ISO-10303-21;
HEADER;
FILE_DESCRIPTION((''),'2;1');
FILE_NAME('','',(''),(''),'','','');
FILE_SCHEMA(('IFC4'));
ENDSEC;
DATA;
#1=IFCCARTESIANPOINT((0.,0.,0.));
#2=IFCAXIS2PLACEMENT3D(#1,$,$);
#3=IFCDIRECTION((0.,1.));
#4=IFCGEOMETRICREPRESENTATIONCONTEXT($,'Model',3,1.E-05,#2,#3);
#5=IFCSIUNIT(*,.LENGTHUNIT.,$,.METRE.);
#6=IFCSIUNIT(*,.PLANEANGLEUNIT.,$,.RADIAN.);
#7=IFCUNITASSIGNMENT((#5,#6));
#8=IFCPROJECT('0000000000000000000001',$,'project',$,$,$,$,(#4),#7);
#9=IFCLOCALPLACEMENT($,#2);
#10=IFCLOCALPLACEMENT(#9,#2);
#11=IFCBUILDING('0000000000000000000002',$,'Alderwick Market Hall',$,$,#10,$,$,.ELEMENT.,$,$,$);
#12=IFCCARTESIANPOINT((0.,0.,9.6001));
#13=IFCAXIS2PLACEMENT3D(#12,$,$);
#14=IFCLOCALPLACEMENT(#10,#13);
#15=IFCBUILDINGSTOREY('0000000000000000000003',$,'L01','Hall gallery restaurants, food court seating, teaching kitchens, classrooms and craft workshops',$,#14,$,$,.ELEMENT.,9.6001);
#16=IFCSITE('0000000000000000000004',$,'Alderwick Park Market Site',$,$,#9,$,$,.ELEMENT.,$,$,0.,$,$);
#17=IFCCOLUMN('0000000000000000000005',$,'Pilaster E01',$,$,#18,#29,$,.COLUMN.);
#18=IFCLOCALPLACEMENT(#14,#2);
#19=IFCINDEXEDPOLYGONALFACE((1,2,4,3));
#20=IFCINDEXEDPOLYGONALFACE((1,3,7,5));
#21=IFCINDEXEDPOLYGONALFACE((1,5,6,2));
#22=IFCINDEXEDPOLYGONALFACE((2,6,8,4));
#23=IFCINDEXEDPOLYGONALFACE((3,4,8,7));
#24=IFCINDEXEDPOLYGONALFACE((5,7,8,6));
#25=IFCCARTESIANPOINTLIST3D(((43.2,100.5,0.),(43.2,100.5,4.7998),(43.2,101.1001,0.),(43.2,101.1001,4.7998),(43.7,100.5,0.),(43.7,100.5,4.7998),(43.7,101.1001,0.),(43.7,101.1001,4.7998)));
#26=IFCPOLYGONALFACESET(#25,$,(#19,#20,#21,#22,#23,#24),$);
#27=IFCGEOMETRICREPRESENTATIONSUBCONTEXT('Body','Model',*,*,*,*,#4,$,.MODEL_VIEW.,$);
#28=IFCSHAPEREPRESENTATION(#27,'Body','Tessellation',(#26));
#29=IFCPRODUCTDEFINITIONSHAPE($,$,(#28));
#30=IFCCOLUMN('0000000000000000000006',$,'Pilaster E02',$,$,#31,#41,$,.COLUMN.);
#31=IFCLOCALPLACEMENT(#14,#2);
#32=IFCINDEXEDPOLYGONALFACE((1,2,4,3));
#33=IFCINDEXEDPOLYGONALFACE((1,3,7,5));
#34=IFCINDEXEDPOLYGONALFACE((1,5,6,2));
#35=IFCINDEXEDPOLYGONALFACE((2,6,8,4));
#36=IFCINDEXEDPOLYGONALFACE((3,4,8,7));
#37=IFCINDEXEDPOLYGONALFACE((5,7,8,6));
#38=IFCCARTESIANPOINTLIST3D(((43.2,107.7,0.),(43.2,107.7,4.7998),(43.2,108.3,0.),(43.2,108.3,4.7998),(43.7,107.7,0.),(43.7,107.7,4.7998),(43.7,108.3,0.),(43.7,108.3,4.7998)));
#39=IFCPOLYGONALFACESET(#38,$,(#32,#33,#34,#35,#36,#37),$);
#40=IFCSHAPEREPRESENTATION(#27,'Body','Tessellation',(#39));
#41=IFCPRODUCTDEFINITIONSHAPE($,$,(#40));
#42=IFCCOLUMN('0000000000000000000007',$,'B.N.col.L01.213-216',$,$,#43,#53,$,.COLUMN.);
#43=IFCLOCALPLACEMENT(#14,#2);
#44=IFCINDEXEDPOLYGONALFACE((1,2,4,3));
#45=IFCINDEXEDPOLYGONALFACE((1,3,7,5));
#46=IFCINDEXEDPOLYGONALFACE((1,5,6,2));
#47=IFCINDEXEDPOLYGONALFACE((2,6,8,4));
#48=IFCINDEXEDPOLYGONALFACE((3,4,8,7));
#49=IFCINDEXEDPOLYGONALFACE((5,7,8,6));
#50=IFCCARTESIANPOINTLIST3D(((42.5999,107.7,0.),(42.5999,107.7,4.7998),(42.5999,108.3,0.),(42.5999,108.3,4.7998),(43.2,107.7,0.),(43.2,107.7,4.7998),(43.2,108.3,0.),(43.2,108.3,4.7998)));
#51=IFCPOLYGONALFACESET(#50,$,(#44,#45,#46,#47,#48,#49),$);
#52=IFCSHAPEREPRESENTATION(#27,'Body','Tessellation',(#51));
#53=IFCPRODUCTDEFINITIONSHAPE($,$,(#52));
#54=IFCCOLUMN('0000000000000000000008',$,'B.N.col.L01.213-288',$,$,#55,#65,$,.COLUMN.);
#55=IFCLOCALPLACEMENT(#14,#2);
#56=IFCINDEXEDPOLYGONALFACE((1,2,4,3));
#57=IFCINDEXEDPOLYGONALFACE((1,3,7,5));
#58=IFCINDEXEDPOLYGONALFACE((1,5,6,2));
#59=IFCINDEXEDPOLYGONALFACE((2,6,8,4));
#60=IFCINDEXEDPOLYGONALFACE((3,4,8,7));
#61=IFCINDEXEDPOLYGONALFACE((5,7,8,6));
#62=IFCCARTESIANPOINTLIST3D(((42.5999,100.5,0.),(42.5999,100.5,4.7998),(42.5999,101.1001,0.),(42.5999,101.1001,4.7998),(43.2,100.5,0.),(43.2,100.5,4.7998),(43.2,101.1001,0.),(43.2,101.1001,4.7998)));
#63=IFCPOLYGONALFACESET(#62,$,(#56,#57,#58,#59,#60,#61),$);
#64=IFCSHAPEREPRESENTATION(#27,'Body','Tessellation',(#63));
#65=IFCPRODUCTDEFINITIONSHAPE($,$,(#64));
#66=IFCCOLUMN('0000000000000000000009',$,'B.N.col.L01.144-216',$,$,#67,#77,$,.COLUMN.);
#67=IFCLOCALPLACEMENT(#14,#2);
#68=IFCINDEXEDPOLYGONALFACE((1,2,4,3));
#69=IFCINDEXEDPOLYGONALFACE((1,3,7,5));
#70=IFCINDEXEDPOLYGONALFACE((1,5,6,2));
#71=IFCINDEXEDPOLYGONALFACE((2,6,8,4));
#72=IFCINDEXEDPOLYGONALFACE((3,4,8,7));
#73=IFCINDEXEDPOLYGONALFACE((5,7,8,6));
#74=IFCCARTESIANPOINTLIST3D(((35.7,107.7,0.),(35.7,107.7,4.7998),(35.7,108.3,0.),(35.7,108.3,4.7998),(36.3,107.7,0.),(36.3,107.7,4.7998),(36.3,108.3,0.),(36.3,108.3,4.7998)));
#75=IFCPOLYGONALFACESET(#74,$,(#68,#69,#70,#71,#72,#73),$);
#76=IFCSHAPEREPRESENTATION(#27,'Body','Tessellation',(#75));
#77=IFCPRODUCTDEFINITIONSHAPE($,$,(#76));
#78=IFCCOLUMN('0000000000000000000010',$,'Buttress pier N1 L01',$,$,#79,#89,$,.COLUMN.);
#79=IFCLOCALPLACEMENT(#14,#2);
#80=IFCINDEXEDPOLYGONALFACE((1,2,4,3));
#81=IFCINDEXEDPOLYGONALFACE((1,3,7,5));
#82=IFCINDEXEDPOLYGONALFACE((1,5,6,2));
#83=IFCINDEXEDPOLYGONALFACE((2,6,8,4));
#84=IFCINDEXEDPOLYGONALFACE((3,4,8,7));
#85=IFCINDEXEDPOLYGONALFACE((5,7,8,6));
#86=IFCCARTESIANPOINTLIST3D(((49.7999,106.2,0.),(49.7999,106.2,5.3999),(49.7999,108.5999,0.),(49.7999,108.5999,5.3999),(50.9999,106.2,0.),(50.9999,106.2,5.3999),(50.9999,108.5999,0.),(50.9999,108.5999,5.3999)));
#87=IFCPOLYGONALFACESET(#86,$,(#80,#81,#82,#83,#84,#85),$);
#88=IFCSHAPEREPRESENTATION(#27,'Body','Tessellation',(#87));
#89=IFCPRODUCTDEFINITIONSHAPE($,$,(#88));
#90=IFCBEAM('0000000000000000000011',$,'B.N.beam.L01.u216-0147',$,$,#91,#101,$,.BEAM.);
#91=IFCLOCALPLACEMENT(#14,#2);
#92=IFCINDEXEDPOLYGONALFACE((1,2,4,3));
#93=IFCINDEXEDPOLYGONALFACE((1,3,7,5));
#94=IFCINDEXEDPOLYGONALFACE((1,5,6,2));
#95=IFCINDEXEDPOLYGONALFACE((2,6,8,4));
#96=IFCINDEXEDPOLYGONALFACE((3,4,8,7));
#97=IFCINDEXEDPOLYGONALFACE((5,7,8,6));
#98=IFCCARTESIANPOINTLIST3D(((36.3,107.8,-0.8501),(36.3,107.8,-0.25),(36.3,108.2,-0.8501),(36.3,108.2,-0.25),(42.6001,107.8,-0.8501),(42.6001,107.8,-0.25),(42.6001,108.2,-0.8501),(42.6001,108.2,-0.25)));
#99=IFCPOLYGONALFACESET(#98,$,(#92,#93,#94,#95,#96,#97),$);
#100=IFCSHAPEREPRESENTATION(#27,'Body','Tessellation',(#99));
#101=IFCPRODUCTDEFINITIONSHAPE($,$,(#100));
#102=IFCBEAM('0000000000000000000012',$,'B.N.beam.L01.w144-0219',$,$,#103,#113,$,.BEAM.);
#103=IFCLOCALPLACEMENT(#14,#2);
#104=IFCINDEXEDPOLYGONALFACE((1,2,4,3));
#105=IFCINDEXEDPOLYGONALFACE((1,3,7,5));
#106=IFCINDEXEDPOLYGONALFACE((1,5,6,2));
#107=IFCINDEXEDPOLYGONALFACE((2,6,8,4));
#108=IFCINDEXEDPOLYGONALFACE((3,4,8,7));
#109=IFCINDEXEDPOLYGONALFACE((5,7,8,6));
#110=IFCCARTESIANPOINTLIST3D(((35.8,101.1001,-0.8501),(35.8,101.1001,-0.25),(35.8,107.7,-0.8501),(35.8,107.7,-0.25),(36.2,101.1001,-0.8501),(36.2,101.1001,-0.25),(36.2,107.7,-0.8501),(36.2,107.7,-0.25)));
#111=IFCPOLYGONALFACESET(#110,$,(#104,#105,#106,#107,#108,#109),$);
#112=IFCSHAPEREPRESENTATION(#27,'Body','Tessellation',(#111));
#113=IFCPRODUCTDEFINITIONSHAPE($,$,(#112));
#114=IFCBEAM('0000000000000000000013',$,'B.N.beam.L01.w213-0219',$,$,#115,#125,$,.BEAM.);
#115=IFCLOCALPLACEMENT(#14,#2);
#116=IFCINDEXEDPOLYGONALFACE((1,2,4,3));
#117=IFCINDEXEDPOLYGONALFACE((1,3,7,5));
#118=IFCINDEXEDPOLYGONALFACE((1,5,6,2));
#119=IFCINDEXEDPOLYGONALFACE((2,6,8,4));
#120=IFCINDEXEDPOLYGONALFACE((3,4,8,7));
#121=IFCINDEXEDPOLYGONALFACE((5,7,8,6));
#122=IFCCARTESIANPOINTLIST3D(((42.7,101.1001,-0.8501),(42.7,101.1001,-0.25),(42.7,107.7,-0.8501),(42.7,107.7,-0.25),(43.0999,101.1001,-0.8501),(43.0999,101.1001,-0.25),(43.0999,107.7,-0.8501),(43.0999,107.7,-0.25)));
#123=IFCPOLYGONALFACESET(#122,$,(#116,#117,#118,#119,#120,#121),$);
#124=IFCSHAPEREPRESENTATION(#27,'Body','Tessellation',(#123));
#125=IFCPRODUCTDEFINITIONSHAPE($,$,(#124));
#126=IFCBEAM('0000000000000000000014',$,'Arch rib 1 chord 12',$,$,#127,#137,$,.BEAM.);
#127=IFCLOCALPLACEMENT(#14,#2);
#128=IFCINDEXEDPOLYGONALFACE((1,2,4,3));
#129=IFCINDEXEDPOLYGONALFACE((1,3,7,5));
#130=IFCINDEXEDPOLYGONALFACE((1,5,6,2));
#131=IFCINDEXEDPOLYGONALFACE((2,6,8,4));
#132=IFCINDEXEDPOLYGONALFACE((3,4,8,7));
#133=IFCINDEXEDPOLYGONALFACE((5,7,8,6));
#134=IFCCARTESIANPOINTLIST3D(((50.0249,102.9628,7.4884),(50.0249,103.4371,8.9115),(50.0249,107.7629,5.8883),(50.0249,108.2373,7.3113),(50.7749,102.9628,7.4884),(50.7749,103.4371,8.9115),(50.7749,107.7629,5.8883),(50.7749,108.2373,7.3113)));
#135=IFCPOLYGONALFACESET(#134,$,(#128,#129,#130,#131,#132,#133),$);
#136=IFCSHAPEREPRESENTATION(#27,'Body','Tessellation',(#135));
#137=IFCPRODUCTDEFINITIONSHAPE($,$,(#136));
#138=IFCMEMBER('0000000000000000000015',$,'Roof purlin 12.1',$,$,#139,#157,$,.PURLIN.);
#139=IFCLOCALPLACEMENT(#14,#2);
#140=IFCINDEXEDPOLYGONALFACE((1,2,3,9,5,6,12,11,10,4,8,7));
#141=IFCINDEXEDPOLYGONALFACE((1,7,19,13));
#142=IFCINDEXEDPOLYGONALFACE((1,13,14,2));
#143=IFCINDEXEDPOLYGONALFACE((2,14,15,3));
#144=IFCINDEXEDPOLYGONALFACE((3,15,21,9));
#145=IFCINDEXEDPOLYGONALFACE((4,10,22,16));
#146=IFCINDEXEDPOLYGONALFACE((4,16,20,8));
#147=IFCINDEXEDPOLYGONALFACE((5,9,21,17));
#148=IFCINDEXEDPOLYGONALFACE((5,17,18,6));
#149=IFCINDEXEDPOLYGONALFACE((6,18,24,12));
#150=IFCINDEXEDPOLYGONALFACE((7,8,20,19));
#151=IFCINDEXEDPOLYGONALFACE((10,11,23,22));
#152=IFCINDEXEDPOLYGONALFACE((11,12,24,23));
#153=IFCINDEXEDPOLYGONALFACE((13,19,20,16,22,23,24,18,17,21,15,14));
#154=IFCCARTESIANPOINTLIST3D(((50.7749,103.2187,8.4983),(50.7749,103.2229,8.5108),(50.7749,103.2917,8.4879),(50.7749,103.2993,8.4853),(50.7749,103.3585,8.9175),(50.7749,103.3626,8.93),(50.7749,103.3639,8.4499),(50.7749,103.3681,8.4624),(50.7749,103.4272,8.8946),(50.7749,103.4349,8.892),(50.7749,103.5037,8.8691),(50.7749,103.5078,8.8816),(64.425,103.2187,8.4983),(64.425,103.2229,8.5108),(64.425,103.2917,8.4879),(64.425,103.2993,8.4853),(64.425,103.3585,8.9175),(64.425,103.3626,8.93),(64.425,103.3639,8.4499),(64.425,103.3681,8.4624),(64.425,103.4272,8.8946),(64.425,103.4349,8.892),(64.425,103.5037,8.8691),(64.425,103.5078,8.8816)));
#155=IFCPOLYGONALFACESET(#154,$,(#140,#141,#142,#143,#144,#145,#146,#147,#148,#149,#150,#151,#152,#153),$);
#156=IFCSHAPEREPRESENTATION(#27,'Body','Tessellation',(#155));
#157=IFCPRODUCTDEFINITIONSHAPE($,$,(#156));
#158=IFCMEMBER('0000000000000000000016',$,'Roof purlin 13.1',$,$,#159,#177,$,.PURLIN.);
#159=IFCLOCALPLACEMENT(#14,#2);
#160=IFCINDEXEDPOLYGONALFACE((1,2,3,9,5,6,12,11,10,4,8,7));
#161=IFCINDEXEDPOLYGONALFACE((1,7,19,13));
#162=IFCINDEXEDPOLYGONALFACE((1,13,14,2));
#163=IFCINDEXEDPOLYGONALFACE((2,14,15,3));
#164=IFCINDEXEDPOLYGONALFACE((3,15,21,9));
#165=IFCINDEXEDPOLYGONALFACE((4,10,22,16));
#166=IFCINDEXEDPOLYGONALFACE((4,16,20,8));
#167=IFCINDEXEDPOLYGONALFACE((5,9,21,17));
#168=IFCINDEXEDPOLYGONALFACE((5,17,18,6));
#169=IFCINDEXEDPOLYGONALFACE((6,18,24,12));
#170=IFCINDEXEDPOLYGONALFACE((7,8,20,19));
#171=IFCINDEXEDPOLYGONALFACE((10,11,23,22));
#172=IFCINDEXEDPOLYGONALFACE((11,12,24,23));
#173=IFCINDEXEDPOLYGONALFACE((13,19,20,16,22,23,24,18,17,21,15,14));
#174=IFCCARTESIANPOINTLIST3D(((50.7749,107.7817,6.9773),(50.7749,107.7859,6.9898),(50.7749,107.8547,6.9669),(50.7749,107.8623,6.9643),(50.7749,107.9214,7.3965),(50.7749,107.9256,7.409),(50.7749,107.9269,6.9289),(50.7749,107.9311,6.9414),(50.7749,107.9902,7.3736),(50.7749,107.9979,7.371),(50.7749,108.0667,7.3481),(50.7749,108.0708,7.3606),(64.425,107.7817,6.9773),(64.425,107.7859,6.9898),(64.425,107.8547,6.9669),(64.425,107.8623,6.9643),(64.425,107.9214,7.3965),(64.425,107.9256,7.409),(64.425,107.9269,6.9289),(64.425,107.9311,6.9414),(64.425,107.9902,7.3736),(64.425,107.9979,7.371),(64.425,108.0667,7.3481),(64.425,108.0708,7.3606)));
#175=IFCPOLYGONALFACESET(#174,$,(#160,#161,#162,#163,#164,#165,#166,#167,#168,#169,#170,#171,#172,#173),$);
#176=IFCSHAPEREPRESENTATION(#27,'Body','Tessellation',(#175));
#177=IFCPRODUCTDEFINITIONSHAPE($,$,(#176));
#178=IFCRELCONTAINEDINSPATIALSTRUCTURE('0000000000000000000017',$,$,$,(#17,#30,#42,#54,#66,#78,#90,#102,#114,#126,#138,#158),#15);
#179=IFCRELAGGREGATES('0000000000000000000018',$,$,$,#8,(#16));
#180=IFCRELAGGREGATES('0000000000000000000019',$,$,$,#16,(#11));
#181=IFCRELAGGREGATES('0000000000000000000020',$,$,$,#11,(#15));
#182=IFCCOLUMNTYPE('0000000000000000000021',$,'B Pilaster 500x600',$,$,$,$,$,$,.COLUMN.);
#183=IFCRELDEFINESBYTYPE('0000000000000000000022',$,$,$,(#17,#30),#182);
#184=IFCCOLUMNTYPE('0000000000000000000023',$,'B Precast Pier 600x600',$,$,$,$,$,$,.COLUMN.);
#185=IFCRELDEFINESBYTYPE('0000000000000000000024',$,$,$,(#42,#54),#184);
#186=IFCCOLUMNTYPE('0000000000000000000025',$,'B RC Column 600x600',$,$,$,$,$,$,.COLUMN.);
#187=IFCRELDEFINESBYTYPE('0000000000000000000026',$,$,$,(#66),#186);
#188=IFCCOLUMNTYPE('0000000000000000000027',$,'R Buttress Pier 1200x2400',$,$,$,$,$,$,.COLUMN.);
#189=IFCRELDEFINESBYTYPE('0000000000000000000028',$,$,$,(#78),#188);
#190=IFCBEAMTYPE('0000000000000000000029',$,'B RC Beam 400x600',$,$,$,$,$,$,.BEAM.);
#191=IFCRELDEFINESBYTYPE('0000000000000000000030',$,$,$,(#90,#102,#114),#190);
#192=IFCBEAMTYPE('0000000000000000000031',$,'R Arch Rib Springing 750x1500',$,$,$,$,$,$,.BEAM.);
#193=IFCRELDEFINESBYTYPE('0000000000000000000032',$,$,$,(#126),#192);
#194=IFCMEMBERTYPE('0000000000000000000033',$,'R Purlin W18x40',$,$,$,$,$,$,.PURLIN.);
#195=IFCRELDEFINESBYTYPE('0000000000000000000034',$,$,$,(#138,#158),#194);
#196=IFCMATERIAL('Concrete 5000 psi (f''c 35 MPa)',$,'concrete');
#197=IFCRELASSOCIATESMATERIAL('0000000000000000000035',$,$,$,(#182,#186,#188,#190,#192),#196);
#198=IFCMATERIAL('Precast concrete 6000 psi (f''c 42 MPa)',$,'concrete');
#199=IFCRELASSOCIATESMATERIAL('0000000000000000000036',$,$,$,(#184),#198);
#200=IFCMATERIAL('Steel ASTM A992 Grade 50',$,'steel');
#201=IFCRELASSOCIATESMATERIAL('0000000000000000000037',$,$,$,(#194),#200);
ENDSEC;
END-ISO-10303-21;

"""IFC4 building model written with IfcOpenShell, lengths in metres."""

from ifc_helpers import new_model, si_unit, direction, frame, origin, origin_2d, place, context, subcontext, project, spatial, rectangle, i_section, extrude, material, material_profile, profile_set, type_object, element, save


model = new_model("IFC4")

# Units and contexts
model_context = context("Model", 3, precision=1e-05, world=origin(), true_north=direction((0.0, 1.0)))
body_context = subcontext(model_context, "Body", "Model", "MODEL_VIEW")
ifc_project = project(units=[si_unit("LENGTHUNIT", "METRE"), si_unit("PLANEANGLEUNIT", "RADIAN")], contexts=[model_context])

# Site, building, storey
site_placement = place(None, origin())
site = spatial("IfcSite", under=ifc_project, at=site_placement, Name="Alderwick Park Market Site", CompositionType="ELEMENT", RefElevation=0.0)
building_placement = place(site_placement, origin())
building = spatial("IfcBuilding", under=site, at=building_placement, Name="Alderwick Market Hall", CompositionType="ELEMENT")
storey_placement = place(building_placement, frame((0.0, 0.0, 9.6001)))
storey = spatial("IfcBuildingStorey", under=building, at=storey_placement, Name="L01", Description="Hall gallery restaurants, food court seating, teaching kitchens, classrooms and craft workshops", CompositionType="ELEMENT", Elevation=9.6001)

# Columns
ifc_material_1 = material(Name="Concrete 5000 psi (f'c 35 MPa)", Category="concrete")
ifc_material_profile_1 = material_profile(ifc_material_1, rectangle(XDim=0.5, YDim=0.6001, at=origin_2d()), Name="B Pilaster 500x600")
ifc_profile_set_1 = profile_set([ifc_material_profile_1], Name="Concrete 5000 psi (f'c 35 MPa)")
column_type_1 = type_object("IfcColumnType", Name="B Pilaster 500x600", PredefinedType="COLUMN", material=ifc_profile_set_1)
for number, where, z_axis, x_axis, name in (
    (1, (43.45, 100.8, 0.0), (0.0, 0.0, 1.0), (1.0, 0.0, 0.0), "Pilaster E01"),
    (2, (43.45, 108.0, 0.0), (0.0, 0.0, 1.0), (1.0, 0.0, 0.0), "Pilaster E02"),
):
    element("IfcColumn", number, at=place(storey_placement, frame(where, z_axis=z_axis, x_axis=x_axis)), inside=storey, type_object=column_type_1, Name=name, PredefinedType="COLUMN", context=body_context, shape_type="SweptSolid", body=[
        extrude(rectangle(XDim=0.5, YDim=0.6001, at=origin_2d()), origin(), (0.0, 0.0, 1.0), 4.7998),
    ])
ifc_material_2 = material(Name="Precast concrete 6000 psi (f'c 42 MPa)", Category="concrete")
ifc_material_profile_2 = material_profile(ifc_material_2, rectangle(XDim=0.6001, YDim=0.6001, at=origin_2d()), Name="B Precast Pier 600x600")
ifc_profile_set_2 = profile_set([ifc_material_profile_2], Name="Precast concrete 6000 psi (f'c 42 MPa)")
column_type_2 = type_object("IfcColumnType", Name="B Precast Pier 600x600", PredefinedType="COLUMN", material=ifc_profile_set_2)
for number, where, z_axis, x_axis, name in (
    (3, (42.8999, 108.0, 0.0), (0.0, 0.0, 1.0), (1.0, 0.0, 0.0), "B.N.col.L01.213-216"),
    (4, (42.8999, 100.8, 0.0), (0.0, 0.0, 1.0), (1.0, 0.0, 0.0), "B.N.col.L01.213-288"),
):
    element("IfcColumn", number, at=place(storey_placement, frame(where, z_axis=z_axis, x_axis=x_axis)), inside=storey, type_object=column_type_2, Name=name, PredefinedType="COLUMN", context=body_context, shape_type="SweptSolid", body=[
        extrude(rectangle(XDim=0.6001, YDim=0.6001, at=origin_2d()), origin(), (0.0, 0.0, 1.0), 4.7998),
    ])
ifc_material_profile_3 = material_profile(ifc_material_1, rectangle(XDim=0.6001, YDim=0.6001, at=origin_2d()), Name="B RC Column 600x600")
ifc_profile_set_3 = profile_set([ifc_material_profile_3], Name="Concrete 5000 psi (f'c 35 MPa)")
column_type_3 = type_object("IfcColumnType", Name="B RC Column 600x600", PredefinedType="COLUMN", material=ifc_profile_set_3)
column_1_placement = place(storey_placement, frame((36.0, 108.0, 0.0), z_axis=(0.0, 0.0, 1.0), x_axis=(1.0, 0.0, 0.0)))
element("IfcColumn", 5, at=column_1_placement, inside=storey, type_object=column_type_3, Name="B.N.col.L01.144-216", PredefinedType="COLUMN", context=body_context, shape_type="SweptSolid", body=[
    extrude(rectangle(XDim=0.6001, YDim=0.6001, at=origin_2d()), origin(), (0.0, 0.0, 1.0), 4.7998),
])
ifc_material_profile_4 = material_profile(ifc_material_1, rectangle(XDim=1.2, YDim=2.3999, at=origin_2d()), Name="RC 1200x2400")
ifc_profile_set_4 = profile_set([ifc_material_profile_4], Name="Concrete 5000 psi (f'c 35 MPa)")
column_type_4 = type_object("IfcColumnType", Name="R Buttress Pier 1200x2400", PredefinedType="COLUMN", material=ifc_profile_set_4)
column_2_placement = place(storey_placement, frame((50.3999, 107.3999, 0.0), z_axis=(0.0, 0.0, 1.0), x_axis=(1.0, 0.0, 0.0)))
element("IfcColumn", 6, at=column_2_placement, inside=storey, type_object=column_type_4, Name="Buttress pier N1 L01", PredefinedType="COLUMN", context=body_context, shape_type="SweptSolid", body=[
    extrude(rectangle(XDim=1.2, YDim=2.3999, at=origin_2d()), origin(), (0.0, 0.0, 1.0), 5.3999),
])

# Beams
ifc_material_profile_5 = material_profile(ifc_material_1, rectangle(XDim=0.3999, YDim=0.6001, at=origin_2d()), Name="B RC Beam 400x600")
ifc_profile_set_5 = profile_set([ifc_material_profile_5], Name="Concrete 5000 psi (f'c 35 MPa)")
beam_type_1 = type_object("IfcBeamType", Name="B RC Beam 400x600", PredefinedType="BEAM", material=ifc_profile_set_5)
beam_1_placement = place(storey_placement, frame((36.3, 108.0, -0.55), z_axis=(1.0, 0.0, 0.0), x_axis=(0.0, 1.0, 0.0)))
element("IfcBeam", 7, at=beam_1_placement, inside=storey, type_object=beam_type_1, Name="B.N.beam.L01.u216-0147", PredefinedType="BEAM", context=body_context, shape_type="SweptSolid", body=[
    extrude(rectangle(XDim=0.3999, YDim=0.6001, at=origin_2d()), origin(), (0.0, 0.0, 1.0), 6.3),
])
for number, where, z_axis, x_axis, name in (
    (8, (36.0, 107.7, -0.55), (0.0, -1.0, 0.0), (1.0, 0.0, 0.0), "B.N.beam.L01.w144-0219"),
    (9, (42.8999, 107.7, -0.55), (0.0, -1.0, 0.0), (1.0, 0.0, 0.0), "B.N.beam.L01.w213-0219"),
):
    element("IfcBeam", number, at=place(storey_placement, frame(where, z_axis=z_axis, x_axis=x_axis)), inside=storey, type_object=beam_type_1, Name=name, PredefinedType="BEAM", context=body_context, shape_type="SweptSolid", body=[
        extrude(rectangle(XDim=0.3999, YDim=0.6001, at=origin_2d()), origin(), (0.0, 0.0, 1.0), 6.5999),
    ])
ifc_material_profile_6 = material_profile(ifc_material_1, rectangle(XDim=0.75, YDim=1.5, at=origin_2d()), Name="RC 750x1500")
ifc_profile_set_6 = profile_set([ifc_material_profile_6], Name="Concrete 5000 psi (f'c 35 MPa)")
beam_type_2 = type_object("IfcBeamType", Name="R Arch Rib Springing 750x1500", PredefinedType="BEAM", material=ifc_profile_set_6)
beam_2_placement = place(storey_placement, frame((50.3999, 103.2, 8.2), z_axis=(0.0, 0.948678, -0.316242), x_axis=(-1.0, 0.0, 0.0)))
element("IfcBeam", 10, at=beam_2_placement, inside=storey, type_object=beam_type_2, Name="Arch rib 1 chord 12", PredefinedType="BEAM", context=body_context, shape_type="SweptSolid", body=[
    extrude(rectangle(XDim=0.75, YDim=1.5, at=origin_2d()), origin(), (0.0, 0.0, 1.0), 5.0598),
])

# Members
ifc_material_3 = material(Name="Steel ASTM A992 Grade 50", Category="steel")
ifc_material_profile_7 = material_profile(ifc_material_3, i_section(OverallWidth=0.1531, OverallDepth=0.4551, WebThickness=0.0081, FlangeThickness=0.0132, at=origin_2d()), Name="W18x40")
ifc_profile_set_7 = profile_set([ifc_material_profile_7], Name="Steel ASTM A992 Grade 50")
member_type_1 = type_object("IfcMemberType", Name="R Purlin W18x40", PredefinedType="PURLIN", material=ifc_profile_set_7)
for number, where, z_axis, x_axis, name in (
    (11, (50.7749, 103.3633, 8.6899), (1.0, 0.0, 0.0), (0.0, 0.948683, -0.316228), "Roof purlin 12.1"),
    (12, (50.7749, 107.9263, 7.1689), (1.0, 0.0, 0.0), (0.0, 0.948683, -0.316228), "Roof purlin 13.1"),
):
    element("IfcMember", number, at=place(storey_placement, frame(where, z_axis=z_axis, x_axis=x_axis)), inside=storey, type_object=member_type_1, Name=name, PredefinedType="PURLIN", context=body_context, shape_type="SweptSolid", body=[
        extrude(i_section(OverallWidth=0.1531, OverallDepth=0.4551, WebThickness=0.0081, FlangeThickness=0.0132, at=origin_2d()), origin(), (0.0, 0.0, 1.0), 13.6501),
    ])

save(model, "model.ifc")
